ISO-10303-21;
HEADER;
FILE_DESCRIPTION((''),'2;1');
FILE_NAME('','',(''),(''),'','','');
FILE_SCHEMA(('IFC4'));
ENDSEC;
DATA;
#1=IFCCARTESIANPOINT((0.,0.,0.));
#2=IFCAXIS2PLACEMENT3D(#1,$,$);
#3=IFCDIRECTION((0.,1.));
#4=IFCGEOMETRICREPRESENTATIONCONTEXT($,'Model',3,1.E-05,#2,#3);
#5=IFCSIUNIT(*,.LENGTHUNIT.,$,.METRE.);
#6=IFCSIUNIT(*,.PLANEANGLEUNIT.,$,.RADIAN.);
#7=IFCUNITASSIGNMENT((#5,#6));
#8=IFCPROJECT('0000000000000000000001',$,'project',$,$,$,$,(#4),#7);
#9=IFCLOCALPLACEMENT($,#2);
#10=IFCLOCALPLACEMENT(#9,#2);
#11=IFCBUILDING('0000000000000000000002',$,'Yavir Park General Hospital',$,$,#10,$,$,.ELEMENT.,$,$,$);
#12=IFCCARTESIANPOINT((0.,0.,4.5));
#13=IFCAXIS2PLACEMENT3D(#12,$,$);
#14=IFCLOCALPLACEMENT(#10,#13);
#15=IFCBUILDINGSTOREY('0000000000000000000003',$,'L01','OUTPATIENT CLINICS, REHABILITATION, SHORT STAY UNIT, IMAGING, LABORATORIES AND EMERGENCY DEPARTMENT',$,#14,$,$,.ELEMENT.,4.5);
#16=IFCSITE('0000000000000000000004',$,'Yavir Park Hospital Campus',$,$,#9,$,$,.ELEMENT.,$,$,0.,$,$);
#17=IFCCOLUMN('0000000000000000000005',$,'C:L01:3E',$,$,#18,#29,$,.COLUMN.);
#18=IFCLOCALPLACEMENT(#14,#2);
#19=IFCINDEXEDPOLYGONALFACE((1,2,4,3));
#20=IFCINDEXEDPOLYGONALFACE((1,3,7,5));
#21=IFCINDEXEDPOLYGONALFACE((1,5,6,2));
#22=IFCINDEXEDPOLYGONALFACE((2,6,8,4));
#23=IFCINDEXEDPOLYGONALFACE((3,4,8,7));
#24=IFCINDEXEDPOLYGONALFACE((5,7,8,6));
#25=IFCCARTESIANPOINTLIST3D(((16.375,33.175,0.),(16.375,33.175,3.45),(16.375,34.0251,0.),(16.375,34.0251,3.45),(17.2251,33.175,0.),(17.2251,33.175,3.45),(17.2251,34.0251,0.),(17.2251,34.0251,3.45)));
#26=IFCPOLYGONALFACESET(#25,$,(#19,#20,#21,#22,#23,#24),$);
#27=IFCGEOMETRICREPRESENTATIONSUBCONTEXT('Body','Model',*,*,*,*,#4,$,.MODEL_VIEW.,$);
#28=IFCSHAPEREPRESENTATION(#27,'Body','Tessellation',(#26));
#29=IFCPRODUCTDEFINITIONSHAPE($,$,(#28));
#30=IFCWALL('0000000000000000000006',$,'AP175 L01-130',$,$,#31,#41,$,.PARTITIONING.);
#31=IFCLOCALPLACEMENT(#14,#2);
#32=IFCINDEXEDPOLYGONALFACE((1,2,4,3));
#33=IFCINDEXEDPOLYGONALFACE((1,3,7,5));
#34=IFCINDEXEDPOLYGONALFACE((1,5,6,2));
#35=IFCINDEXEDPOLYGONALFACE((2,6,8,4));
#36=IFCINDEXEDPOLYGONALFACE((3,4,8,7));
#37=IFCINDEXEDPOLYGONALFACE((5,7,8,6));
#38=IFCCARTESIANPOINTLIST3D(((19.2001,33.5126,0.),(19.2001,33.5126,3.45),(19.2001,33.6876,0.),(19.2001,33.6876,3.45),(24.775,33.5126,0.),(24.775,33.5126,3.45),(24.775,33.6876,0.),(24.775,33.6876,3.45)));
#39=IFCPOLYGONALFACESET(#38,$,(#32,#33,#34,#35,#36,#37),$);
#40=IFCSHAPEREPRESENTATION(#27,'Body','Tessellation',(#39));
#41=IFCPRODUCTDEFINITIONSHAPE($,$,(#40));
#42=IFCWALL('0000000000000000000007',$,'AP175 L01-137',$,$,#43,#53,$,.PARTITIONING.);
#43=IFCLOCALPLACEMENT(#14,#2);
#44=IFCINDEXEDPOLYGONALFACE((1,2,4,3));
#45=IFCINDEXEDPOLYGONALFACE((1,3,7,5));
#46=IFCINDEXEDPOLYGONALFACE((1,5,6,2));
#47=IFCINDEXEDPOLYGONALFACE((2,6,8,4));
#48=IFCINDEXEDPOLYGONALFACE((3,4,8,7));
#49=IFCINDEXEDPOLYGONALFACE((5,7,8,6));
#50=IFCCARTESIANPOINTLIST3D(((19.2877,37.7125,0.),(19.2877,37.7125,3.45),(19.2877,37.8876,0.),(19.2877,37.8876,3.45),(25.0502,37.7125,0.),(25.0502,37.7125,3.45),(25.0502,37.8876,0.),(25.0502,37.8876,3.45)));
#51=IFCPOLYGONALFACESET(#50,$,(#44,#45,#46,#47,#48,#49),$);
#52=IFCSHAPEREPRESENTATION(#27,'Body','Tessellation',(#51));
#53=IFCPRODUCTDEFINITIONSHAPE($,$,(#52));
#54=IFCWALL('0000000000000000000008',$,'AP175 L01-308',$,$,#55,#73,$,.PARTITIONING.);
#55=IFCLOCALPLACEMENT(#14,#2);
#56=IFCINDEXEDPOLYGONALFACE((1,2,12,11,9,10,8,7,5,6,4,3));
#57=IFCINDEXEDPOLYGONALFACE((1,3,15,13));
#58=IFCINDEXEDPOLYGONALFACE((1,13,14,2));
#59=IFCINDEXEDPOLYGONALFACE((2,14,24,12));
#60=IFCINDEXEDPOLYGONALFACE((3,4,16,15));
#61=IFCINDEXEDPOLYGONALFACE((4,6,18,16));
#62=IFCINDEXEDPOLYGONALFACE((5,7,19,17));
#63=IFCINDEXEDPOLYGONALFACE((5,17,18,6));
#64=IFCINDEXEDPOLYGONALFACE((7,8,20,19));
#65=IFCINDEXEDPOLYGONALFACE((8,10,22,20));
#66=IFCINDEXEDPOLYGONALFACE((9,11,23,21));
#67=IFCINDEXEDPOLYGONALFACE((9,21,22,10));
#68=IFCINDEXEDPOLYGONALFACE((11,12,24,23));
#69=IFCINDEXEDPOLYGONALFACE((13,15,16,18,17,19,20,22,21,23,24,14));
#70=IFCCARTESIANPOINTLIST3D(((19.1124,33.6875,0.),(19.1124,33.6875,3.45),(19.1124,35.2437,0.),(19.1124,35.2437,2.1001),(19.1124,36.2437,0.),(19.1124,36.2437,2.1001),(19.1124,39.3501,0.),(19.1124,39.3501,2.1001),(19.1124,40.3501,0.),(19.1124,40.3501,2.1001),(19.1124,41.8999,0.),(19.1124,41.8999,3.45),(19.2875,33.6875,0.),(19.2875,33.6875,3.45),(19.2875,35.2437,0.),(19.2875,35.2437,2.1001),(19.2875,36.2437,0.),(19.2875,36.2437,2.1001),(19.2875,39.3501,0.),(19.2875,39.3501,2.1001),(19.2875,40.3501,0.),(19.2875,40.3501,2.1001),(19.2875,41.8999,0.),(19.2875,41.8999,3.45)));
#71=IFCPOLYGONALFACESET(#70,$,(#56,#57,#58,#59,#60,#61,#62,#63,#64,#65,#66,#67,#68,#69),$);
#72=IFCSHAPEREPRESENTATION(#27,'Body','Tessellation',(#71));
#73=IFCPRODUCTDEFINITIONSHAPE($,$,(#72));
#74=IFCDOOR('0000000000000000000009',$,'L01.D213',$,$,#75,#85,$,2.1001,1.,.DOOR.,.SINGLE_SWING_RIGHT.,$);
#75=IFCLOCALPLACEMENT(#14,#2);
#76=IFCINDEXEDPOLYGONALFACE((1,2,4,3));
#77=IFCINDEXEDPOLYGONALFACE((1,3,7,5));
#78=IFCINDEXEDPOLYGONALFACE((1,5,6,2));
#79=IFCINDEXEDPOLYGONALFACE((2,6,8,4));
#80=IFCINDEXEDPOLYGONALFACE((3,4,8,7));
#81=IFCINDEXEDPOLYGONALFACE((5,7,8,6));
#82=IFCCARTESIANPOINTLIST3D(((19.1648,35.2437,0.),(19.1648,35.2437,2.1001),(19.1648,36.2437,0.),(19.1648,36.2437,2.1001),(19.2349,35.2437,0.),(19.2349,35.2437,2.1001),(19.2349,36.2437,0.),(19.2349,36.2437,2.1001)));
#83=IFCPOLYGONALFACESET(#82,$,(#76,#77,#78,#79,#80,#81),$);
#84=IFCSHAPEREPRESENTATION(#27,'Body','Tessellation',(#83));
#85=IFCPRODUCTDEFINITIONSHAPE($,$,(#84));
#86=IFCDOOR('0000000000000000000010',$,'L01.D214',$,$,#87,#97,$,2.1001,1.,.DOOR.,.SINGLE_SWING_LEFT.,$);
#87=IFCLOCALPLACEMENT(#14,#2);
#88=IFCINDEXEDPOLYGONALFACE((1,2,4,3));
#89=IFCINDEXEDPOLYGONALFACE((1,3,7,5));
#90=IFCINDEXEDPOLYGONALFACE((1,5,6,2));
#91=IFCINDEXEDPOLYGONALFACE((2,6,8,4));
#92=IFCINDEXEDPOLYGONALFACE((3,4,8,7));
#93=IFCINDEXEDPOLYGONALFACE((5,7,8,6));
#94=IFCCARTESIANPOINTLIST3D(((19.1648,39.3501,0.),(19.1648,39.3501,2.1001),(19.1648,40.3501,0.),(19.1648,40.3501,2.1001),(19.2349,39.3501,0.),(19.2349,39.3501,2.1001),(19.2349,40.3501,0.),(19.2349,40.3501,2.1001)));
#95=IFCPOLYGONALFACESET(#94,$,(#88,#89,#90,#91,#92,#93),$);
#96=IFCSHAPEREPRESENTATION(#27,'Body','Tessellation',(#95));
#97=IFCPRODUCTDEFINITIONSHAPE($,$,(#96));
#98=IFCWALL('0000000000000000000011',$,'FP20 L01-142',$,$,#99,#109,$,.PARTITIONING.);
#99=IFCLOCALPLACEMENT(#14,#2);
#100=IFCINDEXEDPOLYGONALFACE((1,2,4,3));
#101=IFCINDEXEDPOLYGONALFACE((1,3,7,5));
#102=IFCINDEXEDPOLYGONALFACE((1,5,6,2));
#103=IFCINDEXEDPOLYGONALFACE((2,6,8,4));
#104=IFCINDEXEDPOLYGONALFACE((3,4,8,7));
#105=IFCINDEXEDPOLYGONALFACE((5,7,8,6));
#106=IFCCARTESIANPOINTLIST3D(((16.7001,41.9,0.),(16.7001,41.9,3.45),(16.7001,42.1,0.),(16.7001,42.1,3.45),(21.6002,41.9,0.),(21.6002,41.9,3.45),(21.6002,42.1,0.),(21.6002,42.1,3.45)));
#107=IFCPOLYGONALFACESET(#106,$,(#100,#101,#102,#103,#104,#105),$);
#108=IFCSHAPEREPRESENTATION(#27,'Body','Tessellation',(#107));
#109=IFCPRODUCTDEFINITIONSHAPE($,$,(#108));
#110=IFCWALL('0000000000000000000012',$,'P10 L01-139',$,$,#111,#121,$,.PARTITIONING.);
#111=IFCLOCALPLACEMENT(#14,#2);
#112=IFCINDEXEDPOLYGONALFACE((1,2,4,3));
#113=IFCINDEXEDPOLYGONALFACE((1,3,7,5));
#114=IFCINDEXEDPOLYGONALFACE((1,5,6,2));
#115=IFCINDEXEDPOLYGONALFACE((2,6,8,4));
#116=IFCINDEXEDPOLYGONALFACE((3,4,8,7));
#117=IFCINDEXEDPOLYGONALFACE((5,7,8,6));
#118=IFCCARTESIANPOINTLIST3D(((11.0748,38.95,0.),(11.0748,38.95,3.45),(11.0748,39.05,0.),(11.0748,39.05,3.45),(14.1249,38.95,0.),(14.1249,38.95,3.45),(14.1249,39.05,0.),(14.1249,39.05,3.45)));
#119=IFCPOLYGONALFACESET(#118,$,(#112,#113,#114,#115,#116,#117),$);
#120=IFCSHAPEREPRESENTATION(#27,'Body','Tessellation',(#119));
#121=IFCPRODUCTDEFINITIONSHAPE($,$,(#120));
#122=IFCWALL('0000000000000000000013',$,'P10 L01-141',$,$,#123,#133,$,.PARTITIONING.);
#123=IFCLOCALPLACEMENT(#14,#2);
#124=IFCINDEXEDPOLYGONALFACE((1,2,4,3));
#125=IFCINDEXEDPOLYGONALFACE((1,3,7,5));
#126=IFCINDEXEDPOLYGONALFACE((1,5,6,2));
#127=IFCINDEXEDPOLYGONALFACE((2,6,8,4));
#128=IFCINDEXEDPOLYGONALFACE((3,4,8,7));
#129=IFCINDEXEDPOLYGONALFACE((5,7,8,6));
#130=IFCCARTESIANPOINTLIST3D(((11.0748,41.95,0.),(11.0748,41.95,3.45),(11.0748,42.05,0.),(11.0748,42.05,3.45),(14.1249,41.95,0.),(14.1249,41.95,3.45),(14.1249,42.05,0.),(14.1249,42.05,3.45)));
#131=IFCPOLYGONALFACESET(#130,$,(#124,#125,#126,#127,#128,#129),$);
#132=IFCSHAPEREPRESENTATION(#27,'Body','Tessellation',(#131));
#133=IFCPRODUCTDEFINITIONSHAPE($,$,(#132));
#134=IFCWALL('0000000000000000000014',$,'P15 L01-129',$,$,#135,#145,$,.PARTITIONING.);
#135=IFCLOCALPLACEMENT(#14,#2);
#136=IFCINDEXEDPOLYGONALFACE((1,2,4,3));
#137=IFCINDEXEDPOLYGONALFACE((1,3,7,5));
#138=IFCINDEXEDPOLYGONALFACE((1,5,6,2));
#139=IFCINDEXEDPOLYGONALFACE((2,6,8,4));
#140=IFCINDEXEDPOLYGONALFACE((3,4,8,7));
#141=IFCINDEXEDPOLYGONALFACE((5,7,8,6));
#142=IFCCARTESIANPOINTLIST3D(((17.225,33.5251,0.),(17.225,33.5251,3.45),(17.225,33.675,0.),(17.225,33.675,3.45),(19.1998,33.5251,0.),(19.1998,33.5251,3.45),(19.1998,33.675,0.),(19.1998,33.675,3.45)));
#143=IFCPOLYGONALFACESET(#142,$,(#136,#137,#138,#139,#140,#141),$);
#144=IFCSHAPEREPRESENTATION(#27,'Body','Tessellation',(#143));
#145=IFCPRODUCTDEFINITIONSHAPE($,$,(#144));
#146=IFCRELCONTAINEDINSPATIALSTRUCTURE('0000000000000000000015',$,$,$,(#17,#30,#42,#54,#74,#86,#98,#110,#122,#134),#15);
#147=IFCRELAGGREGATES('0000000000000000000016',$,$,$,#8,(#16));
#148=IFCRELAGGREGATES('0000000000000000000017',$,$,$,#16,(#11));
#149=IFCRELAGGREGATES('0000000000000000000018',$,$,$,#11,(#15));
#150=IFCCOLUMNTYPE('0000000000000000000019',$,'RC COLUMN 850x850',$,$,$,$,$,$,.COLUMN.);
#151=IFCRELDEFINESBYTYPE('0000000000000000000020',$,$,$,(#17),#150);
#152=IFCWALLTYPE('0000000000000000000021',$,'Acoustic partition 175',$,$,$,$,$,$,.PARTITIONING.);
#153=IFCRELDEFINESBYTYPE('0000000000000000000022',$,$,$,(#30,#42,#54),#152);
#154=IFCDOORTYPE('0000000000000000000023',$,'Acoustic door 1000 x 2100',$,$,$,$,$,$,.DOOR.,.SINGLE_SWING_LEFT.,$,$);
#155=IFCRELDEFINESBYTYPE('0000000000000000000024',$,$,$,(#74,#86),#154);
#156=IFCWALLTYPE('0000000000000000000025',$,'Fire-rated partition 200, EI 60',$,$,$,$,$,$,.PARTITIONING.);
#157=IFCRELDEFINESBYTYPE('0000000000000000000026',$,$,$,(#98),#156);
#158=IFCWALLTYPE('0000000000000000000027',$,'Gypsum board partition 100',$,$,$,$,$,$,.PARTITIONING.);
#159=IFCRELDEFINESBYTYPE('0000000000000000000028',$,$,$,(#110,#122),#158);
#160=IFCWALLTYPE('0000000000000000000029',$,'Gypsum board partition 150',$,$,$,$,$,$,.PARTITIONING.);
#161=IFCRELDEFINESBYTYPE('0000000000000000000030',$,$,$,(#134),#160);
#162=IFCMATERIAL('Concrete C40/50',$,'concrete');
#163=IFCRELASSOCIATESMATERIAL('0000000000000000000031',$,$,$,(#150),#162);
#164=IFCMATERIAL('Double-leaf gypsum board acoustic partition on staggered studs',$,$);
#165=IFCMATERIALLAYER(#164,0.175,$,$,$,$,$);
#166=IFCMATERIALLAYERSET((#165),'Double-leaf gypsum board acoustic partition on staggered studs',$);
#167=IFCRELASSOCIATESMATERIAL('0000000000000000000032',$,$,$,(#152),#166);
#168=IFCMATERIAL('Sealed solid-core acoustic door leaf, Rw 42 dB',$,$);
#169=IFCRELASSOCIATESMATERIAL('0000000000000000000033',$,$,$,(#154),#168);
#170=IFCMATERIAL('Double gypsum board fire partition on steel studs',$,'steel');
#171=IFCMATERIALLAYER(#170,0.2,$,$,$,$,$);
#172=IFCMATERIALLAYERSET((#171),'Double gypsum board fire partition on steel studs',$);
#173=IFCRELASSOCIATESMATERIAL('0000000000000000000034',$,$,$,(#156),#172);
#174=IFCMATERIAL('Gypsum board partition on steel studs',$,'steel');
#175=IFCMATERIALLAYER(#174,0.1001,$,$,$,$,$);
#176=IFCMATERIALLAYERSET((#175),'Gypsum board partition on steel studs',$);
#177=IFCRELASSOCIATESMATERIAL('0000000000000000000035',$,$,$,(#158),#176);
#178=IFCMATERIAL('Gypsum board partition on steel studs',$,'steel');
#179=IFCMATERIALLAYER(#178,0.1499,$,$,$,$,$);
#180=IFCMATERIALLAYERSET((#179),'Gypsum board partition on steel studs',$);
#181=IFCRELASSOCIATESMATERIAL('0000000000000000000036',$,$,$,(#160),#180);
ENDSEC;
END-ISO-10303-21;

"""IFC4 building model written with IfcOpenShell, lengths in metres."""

from ifc_helpers import new_model, si_unit, direction, frame, frame_2d, origin, origin_2d, place, context, subcontext, project, spatial, rectangle, extrude, material, layer, layer_set, material_profile, profile_set, type_object, element, fill, save


model = new_model("IFC4")

# Units and contexts
model_context = context("Model", 3, precision=1e-05, world=origin(), true_north=direction((0.0, 1.0)))
body_context = subcontext(model_context, "Body", "Model", "MODEL_VIEW")
ifc_project = project(units=[si_unit("LENGTHUNIT", "METRE"), si_unit("PLANEANGLEUNIT", "RADIAN")], contexts=[model_context])

# Site, building, storey
site_placement = place(None, origin())
site = spatial("IfcSite", under=ifc_project, at=site_placement, Name="Yavir Park Hospital Campus", CompositionType="ELEMENT", RefElevation=0.0)
building_placement = place(site_placement, origin())
building = spatial("IfcBuilding", under=site, at=building_placement, Name="Yavir Park General Hospital", CompositionType="ELEMENT")
storey_placement = place(building_placement, frame((0.0, 0.0, 4.5)))
storey = spatial("IfcBuildingStorey", under=building, at=storey_placement, Name="L01", Description="OUTPATIENT CLINICS, REHABILITATION, SHORT STAY UNIT, IMAGING, LABORATORIES AND EMERGENCY DEPARTMENT", CompositionType="ELEMENT", Elevation=4.5)

# Column
ifc_material_1 = material(Name="Concrete C40/50", Category="concrete")
ifc_material_profile = material_profile(ifc_material_1, rectangle(XDim=0.8501, YDim=0.8501, at=origin_2d()), Name="RC850x850")
ifc_profile_set = profile_set([ifc_material_profile], Name="Concrete C40/50")
column_type = type_object("IfcColumnType", Name="RC COLUMN 850x850", PredefinedType="COLUMN", material=ifc_profile_set)
column_placement = place(storey_placement, frame((16.8, 33.6001, 0.0), z_axis=(0.0, 0.0, 1.0), x_axis=(1.0, 0.0, 0.0)))
element("IfcColumn", 1, at=column_placement, inside=storey, type_object=column_type, Name="C:L01:3E", PredefinedType="COLUMN", context=body_context, shape_type="SweptSolid", body=[
    extrude(rectangle(XDim=0.8501, YDim=0.8501, at=origin_2d()), origin(), (0.0, 0.0, 1.0), 3.45),
])

# Walls
ifc_material_2 = material(Name="Double-leaf gypsum board acoustic partition on staggered studs")
ifc_layer_1 = layer(ifc_material_2, 0.175)
ifc_layer_set_1 = layer_set([ifc_layer_1], Name="Double-leaf gypsum board acoustic partition on staggered studs")
wall_type_1 = type_object("IfcWallType", Name="Acoustic partition 175", PredefinedType="PARTITIONING", material=ifc_layer_set_1)
wall_1_placement = place(storey_placement, frame((19.2, 33.6001, 0.0), z_axis=(0.0, 0.0, 1.0), x_axis=(1.0, 0.0, 0.0)))
element("IfcWall", 2, at=wall_1_placement, inside=storey, type_object=wall_type_1, Name="AP175 L01-130", PredefinedType="PARTITIONING", context=body_context, shape_type="SweptSolid", body=[
    extrude(rectangle(XDim=5.575, YDim=0.175, at=frame_2d((2.7876, 0.0))), origin(), (0.0, 0.0, 1.0), 3.45),
])
wall_2_placement = place(storey_placement, frame((19.2876, 37.8, 0.0), z_axis=(0.0, 0.0, 1.0), x_axis=(1.0, 0.0, 0.0)))
element("IfcWall", 3, at=wall_2_placement, inside=storey, type_object=wall_type_1, Name="AP175 L01-137", PredefinedType="PARTITIONING", context=body_context, shape_type="SweptSolid", body=[
    extrude(rectangle(XDim=5.7625, YDim=0.175, at=frame_2d((2.8813, 0.0))), origin(), (0.0, 0.0, 1.0), 3.45),
])

# Wall, openings, doors
wall_3_placement = place(storey_placement, frame((19.2, 33.6875, 0.0), z_axis=(0.0, 0.0, 1.0), x_axis=(0.0, 1.0, 0.0)))
wall_3 = element("IfcWall", 4, at=wall_3_placement, inside=storey, type_object=wall_type_1, Name="AP175 L01-308", PredefinedType="PARTITIONING", context=body_context, shape_type="SweptSolid", body=[
    extrude(rectangle(XDim=8.2124, YDim=0.175, at=frame_2d((4.1062, 0.0))), origin(), (0.0, 0.0, 1.0), 3.45),
])
opening_1_placement = place(wall_3_placement, frame((1.5562, 0.0, 0.0)))
opening_1 = element("IfcOpeningElement", 5, at=opening_1_placement, cuts=wall_3, PredefinedType="OPENING", context=body_context, shape_type="SweptSolid", body=[
    extrude(rectangle(XDim=1.0, YDim=2.1001, at=frame_2d((0.5, 1.05))), frame((0.0, 0.0974, 0.0), z_axis=(0.0, -1.0, 0.0), x_axis=(1.0, 0.0, 0.0)), (0.0, 0.0, 1.0), 0.1951),
])
opening_2_placement = place(wall_3_placement, frame((5.6626, 0.0, 0.0)))
opening_2 = element("IfcOpeningElement", 6, at=opening_2_placement, cuts=wall_3, PredefinedType="OPENING", context=body_context, shape_type="SweptSolid", body=[
    extrude(rectangle(XDim=1.0, YDim=2.1001, at=frame_2d((0.5, 1.05))), frame((0.0, 0.0974, 0.0), z_axis=(0.0, -1.0, 0.0), x_axis=(1.0, 0.0, 0.0)), (0.0, 0.0, 1.0), 0.1951),
])
ifc_material_3 = material(Name="Sealed solid-core acoustic door leaf, Rw 42 dB")
door_type_1 = type_object("IfcDoorType", Name="Acoustic door 1000 x 2100", OperationType="SINGLE_SWING_LEFT", PredefinedType="DOOR", material=ifc_material_3)
door_1_placement = place(opening_1_placement, origin())
door_1 = element("IfcDoor", 7, at=door_1_placement, inside=storey, type_object=door_type_1, Name="L01.D213", OperationType="SINGLE_SWING_RIGHT", OverallHeight=2.1001, OverallWidth=1.0, PredefinedType="DOOR", context=body_context, shape_type="SweptSolid", body=[
    extrude(rectangle(XDim=1.0, YDim=2.1001, at=frame_2d((0.5, 1.05))), frame((0.0, 0.0352, 0.0), z_axis=(0.0, -1.0, 0.0), x_axis=(1.0, 0.0, 0.0)), (0.0, 0.0, 1.0), 0.0701),
])
fill(opening_1, door_1)
door_2_placement = place(opening_2_placement, origin())
door_2 = element("IfcDoor", 8, at=door_2_placement, inside=storey, type_object=door_type_1, Name="L01.D214", OperationType="SINGLE_SWING_LEFT", OverallHeight=2.1001, OverallWidth=1.0, PredefinedType="DOOR", context=body_context, shape_type="SweptSolid", body=[
    extrude(rectangle(XDim=1.0, YDim=2.1001, at=frame_2d((0.5, 1.05))), frame((0.0, 0.0352, 0.0), z_axis=(0.0, -1.0, 0.0), x_axis=(1.0, 0.0, 0.0)), (0.0, 0.0, 1.0), 0.0701),
])
fill(opening_2, door_2)

# Walls
ifc_material_4 = material(Name="Double gypsum board fire partition on steel studs", Category="steel")
ifc_layer_2 = layer(ifc_material_4, 0.2)
ifc_layer_set_2 = layer_set([ifc_layer_2], Name="Double gypsum board fire partition on steel studs")
wall_type_2 = type_object("IfcWallType", Name="Fire-rated partition 200, EI 60", PredefinedType="PARTITIONING", material=ifc_layer_set_2)
wall_4_placement = place(storey_placement, frame((16.7, 42.0, 0.0), z_axis=(0.0, 0.0, 1.0), x_axis=(1.0, 0.0, 0.0)))
element("IfcWall", 9, at=wall_4_placement, inside=storey, type_object=wall_type_2, Name="FP20 L01-142", PredefinedType="PARTITIONING", context=body_context, shape_type="SweptSolid", body=[
    extrude(rectangle(XDim=4.9001, YDim=0.2, at=frame_2d((2.4502, 0.0))), origin(), (0.0, 0.0, 1.0), 3.45),
])
ifc_material_5 = material(Name="Gypsum board partition on steel studs", Category="steel")
ifc_layer_3 = layer(ifc_material_5, 0.1001)
ifc_layer_set_3 = layer_set([ifc_layer_3], Name="Gypsum board partition on steel studs")
wall_type_3 = type_object("IfcWallType", Name="Gypsum board partition 100", PredefinedType="PARTITIONING", material=ifc_layer_set_3)
for number, where, z_axis, x_axis, name in (
    (10, (11.075, 39.0, 0.0), (0.0, 0.0, 1.0), (1.0, 0.0, 0.0), "P10 L01-139"),
    (11, (11.075, 42.0, 0.0), (0.0, 0.0, 1.0), (1.0, 0.0, 0.0), "P10 L01-141"),
):
    element("IfcWall", number, at=place(storey_placement, frame(where, z_axis=z_axis, x_axis=x_axis)), inside=storey, type_object=wall_type_3, Name=name, PredefinedType="PARTITIONING", context=body_context, shape_type="SweptSolid", body=[
        extrude(rectangle(XDim=3.05, YDim=0.1001, at=frame_2d((1.5249, 0.0))), origin(), (0.0, 0.0, 1.0), 3.45),
    ])
ifc_material_6 = material(Name="Gypsum board partition on steel studs", Category="steel")
ifc_layer_4 = layer(ifc_material_6, 0.1499)
ifc_layer_set_4 = layer_set([ifc_layer_4], Name="Gypsum board partition on steel studs")
wall_type_4 = type_object("IfcWallType", Name="Gypsum board partition 150", PredefinedType="PARTITIONING", material=ifc_layer_set_4)
wall_5_placement = place(storey_placement, frame((17.2251, 33.6001, 0.0), z_axis=(0.0, 0.0, 1.0), x_axis=(1.0, 0.0, 0.0)))
element("IfcWall", 12, at=wall_5_placement, inside=storey, type_object=wall_type_4, Name="P15 L01-129", PredefinedType="PARTITIONING", context=body_context, shape_type="SweptSolid", body=[
    extrude(rectangle(XDim=1.9749, YDim=0.1499, at=frame_2d((0.9873, 0.0))), origin(), (0.0, 0.0, 1.0), 3.45),
])

save(model, "model.ifc")
